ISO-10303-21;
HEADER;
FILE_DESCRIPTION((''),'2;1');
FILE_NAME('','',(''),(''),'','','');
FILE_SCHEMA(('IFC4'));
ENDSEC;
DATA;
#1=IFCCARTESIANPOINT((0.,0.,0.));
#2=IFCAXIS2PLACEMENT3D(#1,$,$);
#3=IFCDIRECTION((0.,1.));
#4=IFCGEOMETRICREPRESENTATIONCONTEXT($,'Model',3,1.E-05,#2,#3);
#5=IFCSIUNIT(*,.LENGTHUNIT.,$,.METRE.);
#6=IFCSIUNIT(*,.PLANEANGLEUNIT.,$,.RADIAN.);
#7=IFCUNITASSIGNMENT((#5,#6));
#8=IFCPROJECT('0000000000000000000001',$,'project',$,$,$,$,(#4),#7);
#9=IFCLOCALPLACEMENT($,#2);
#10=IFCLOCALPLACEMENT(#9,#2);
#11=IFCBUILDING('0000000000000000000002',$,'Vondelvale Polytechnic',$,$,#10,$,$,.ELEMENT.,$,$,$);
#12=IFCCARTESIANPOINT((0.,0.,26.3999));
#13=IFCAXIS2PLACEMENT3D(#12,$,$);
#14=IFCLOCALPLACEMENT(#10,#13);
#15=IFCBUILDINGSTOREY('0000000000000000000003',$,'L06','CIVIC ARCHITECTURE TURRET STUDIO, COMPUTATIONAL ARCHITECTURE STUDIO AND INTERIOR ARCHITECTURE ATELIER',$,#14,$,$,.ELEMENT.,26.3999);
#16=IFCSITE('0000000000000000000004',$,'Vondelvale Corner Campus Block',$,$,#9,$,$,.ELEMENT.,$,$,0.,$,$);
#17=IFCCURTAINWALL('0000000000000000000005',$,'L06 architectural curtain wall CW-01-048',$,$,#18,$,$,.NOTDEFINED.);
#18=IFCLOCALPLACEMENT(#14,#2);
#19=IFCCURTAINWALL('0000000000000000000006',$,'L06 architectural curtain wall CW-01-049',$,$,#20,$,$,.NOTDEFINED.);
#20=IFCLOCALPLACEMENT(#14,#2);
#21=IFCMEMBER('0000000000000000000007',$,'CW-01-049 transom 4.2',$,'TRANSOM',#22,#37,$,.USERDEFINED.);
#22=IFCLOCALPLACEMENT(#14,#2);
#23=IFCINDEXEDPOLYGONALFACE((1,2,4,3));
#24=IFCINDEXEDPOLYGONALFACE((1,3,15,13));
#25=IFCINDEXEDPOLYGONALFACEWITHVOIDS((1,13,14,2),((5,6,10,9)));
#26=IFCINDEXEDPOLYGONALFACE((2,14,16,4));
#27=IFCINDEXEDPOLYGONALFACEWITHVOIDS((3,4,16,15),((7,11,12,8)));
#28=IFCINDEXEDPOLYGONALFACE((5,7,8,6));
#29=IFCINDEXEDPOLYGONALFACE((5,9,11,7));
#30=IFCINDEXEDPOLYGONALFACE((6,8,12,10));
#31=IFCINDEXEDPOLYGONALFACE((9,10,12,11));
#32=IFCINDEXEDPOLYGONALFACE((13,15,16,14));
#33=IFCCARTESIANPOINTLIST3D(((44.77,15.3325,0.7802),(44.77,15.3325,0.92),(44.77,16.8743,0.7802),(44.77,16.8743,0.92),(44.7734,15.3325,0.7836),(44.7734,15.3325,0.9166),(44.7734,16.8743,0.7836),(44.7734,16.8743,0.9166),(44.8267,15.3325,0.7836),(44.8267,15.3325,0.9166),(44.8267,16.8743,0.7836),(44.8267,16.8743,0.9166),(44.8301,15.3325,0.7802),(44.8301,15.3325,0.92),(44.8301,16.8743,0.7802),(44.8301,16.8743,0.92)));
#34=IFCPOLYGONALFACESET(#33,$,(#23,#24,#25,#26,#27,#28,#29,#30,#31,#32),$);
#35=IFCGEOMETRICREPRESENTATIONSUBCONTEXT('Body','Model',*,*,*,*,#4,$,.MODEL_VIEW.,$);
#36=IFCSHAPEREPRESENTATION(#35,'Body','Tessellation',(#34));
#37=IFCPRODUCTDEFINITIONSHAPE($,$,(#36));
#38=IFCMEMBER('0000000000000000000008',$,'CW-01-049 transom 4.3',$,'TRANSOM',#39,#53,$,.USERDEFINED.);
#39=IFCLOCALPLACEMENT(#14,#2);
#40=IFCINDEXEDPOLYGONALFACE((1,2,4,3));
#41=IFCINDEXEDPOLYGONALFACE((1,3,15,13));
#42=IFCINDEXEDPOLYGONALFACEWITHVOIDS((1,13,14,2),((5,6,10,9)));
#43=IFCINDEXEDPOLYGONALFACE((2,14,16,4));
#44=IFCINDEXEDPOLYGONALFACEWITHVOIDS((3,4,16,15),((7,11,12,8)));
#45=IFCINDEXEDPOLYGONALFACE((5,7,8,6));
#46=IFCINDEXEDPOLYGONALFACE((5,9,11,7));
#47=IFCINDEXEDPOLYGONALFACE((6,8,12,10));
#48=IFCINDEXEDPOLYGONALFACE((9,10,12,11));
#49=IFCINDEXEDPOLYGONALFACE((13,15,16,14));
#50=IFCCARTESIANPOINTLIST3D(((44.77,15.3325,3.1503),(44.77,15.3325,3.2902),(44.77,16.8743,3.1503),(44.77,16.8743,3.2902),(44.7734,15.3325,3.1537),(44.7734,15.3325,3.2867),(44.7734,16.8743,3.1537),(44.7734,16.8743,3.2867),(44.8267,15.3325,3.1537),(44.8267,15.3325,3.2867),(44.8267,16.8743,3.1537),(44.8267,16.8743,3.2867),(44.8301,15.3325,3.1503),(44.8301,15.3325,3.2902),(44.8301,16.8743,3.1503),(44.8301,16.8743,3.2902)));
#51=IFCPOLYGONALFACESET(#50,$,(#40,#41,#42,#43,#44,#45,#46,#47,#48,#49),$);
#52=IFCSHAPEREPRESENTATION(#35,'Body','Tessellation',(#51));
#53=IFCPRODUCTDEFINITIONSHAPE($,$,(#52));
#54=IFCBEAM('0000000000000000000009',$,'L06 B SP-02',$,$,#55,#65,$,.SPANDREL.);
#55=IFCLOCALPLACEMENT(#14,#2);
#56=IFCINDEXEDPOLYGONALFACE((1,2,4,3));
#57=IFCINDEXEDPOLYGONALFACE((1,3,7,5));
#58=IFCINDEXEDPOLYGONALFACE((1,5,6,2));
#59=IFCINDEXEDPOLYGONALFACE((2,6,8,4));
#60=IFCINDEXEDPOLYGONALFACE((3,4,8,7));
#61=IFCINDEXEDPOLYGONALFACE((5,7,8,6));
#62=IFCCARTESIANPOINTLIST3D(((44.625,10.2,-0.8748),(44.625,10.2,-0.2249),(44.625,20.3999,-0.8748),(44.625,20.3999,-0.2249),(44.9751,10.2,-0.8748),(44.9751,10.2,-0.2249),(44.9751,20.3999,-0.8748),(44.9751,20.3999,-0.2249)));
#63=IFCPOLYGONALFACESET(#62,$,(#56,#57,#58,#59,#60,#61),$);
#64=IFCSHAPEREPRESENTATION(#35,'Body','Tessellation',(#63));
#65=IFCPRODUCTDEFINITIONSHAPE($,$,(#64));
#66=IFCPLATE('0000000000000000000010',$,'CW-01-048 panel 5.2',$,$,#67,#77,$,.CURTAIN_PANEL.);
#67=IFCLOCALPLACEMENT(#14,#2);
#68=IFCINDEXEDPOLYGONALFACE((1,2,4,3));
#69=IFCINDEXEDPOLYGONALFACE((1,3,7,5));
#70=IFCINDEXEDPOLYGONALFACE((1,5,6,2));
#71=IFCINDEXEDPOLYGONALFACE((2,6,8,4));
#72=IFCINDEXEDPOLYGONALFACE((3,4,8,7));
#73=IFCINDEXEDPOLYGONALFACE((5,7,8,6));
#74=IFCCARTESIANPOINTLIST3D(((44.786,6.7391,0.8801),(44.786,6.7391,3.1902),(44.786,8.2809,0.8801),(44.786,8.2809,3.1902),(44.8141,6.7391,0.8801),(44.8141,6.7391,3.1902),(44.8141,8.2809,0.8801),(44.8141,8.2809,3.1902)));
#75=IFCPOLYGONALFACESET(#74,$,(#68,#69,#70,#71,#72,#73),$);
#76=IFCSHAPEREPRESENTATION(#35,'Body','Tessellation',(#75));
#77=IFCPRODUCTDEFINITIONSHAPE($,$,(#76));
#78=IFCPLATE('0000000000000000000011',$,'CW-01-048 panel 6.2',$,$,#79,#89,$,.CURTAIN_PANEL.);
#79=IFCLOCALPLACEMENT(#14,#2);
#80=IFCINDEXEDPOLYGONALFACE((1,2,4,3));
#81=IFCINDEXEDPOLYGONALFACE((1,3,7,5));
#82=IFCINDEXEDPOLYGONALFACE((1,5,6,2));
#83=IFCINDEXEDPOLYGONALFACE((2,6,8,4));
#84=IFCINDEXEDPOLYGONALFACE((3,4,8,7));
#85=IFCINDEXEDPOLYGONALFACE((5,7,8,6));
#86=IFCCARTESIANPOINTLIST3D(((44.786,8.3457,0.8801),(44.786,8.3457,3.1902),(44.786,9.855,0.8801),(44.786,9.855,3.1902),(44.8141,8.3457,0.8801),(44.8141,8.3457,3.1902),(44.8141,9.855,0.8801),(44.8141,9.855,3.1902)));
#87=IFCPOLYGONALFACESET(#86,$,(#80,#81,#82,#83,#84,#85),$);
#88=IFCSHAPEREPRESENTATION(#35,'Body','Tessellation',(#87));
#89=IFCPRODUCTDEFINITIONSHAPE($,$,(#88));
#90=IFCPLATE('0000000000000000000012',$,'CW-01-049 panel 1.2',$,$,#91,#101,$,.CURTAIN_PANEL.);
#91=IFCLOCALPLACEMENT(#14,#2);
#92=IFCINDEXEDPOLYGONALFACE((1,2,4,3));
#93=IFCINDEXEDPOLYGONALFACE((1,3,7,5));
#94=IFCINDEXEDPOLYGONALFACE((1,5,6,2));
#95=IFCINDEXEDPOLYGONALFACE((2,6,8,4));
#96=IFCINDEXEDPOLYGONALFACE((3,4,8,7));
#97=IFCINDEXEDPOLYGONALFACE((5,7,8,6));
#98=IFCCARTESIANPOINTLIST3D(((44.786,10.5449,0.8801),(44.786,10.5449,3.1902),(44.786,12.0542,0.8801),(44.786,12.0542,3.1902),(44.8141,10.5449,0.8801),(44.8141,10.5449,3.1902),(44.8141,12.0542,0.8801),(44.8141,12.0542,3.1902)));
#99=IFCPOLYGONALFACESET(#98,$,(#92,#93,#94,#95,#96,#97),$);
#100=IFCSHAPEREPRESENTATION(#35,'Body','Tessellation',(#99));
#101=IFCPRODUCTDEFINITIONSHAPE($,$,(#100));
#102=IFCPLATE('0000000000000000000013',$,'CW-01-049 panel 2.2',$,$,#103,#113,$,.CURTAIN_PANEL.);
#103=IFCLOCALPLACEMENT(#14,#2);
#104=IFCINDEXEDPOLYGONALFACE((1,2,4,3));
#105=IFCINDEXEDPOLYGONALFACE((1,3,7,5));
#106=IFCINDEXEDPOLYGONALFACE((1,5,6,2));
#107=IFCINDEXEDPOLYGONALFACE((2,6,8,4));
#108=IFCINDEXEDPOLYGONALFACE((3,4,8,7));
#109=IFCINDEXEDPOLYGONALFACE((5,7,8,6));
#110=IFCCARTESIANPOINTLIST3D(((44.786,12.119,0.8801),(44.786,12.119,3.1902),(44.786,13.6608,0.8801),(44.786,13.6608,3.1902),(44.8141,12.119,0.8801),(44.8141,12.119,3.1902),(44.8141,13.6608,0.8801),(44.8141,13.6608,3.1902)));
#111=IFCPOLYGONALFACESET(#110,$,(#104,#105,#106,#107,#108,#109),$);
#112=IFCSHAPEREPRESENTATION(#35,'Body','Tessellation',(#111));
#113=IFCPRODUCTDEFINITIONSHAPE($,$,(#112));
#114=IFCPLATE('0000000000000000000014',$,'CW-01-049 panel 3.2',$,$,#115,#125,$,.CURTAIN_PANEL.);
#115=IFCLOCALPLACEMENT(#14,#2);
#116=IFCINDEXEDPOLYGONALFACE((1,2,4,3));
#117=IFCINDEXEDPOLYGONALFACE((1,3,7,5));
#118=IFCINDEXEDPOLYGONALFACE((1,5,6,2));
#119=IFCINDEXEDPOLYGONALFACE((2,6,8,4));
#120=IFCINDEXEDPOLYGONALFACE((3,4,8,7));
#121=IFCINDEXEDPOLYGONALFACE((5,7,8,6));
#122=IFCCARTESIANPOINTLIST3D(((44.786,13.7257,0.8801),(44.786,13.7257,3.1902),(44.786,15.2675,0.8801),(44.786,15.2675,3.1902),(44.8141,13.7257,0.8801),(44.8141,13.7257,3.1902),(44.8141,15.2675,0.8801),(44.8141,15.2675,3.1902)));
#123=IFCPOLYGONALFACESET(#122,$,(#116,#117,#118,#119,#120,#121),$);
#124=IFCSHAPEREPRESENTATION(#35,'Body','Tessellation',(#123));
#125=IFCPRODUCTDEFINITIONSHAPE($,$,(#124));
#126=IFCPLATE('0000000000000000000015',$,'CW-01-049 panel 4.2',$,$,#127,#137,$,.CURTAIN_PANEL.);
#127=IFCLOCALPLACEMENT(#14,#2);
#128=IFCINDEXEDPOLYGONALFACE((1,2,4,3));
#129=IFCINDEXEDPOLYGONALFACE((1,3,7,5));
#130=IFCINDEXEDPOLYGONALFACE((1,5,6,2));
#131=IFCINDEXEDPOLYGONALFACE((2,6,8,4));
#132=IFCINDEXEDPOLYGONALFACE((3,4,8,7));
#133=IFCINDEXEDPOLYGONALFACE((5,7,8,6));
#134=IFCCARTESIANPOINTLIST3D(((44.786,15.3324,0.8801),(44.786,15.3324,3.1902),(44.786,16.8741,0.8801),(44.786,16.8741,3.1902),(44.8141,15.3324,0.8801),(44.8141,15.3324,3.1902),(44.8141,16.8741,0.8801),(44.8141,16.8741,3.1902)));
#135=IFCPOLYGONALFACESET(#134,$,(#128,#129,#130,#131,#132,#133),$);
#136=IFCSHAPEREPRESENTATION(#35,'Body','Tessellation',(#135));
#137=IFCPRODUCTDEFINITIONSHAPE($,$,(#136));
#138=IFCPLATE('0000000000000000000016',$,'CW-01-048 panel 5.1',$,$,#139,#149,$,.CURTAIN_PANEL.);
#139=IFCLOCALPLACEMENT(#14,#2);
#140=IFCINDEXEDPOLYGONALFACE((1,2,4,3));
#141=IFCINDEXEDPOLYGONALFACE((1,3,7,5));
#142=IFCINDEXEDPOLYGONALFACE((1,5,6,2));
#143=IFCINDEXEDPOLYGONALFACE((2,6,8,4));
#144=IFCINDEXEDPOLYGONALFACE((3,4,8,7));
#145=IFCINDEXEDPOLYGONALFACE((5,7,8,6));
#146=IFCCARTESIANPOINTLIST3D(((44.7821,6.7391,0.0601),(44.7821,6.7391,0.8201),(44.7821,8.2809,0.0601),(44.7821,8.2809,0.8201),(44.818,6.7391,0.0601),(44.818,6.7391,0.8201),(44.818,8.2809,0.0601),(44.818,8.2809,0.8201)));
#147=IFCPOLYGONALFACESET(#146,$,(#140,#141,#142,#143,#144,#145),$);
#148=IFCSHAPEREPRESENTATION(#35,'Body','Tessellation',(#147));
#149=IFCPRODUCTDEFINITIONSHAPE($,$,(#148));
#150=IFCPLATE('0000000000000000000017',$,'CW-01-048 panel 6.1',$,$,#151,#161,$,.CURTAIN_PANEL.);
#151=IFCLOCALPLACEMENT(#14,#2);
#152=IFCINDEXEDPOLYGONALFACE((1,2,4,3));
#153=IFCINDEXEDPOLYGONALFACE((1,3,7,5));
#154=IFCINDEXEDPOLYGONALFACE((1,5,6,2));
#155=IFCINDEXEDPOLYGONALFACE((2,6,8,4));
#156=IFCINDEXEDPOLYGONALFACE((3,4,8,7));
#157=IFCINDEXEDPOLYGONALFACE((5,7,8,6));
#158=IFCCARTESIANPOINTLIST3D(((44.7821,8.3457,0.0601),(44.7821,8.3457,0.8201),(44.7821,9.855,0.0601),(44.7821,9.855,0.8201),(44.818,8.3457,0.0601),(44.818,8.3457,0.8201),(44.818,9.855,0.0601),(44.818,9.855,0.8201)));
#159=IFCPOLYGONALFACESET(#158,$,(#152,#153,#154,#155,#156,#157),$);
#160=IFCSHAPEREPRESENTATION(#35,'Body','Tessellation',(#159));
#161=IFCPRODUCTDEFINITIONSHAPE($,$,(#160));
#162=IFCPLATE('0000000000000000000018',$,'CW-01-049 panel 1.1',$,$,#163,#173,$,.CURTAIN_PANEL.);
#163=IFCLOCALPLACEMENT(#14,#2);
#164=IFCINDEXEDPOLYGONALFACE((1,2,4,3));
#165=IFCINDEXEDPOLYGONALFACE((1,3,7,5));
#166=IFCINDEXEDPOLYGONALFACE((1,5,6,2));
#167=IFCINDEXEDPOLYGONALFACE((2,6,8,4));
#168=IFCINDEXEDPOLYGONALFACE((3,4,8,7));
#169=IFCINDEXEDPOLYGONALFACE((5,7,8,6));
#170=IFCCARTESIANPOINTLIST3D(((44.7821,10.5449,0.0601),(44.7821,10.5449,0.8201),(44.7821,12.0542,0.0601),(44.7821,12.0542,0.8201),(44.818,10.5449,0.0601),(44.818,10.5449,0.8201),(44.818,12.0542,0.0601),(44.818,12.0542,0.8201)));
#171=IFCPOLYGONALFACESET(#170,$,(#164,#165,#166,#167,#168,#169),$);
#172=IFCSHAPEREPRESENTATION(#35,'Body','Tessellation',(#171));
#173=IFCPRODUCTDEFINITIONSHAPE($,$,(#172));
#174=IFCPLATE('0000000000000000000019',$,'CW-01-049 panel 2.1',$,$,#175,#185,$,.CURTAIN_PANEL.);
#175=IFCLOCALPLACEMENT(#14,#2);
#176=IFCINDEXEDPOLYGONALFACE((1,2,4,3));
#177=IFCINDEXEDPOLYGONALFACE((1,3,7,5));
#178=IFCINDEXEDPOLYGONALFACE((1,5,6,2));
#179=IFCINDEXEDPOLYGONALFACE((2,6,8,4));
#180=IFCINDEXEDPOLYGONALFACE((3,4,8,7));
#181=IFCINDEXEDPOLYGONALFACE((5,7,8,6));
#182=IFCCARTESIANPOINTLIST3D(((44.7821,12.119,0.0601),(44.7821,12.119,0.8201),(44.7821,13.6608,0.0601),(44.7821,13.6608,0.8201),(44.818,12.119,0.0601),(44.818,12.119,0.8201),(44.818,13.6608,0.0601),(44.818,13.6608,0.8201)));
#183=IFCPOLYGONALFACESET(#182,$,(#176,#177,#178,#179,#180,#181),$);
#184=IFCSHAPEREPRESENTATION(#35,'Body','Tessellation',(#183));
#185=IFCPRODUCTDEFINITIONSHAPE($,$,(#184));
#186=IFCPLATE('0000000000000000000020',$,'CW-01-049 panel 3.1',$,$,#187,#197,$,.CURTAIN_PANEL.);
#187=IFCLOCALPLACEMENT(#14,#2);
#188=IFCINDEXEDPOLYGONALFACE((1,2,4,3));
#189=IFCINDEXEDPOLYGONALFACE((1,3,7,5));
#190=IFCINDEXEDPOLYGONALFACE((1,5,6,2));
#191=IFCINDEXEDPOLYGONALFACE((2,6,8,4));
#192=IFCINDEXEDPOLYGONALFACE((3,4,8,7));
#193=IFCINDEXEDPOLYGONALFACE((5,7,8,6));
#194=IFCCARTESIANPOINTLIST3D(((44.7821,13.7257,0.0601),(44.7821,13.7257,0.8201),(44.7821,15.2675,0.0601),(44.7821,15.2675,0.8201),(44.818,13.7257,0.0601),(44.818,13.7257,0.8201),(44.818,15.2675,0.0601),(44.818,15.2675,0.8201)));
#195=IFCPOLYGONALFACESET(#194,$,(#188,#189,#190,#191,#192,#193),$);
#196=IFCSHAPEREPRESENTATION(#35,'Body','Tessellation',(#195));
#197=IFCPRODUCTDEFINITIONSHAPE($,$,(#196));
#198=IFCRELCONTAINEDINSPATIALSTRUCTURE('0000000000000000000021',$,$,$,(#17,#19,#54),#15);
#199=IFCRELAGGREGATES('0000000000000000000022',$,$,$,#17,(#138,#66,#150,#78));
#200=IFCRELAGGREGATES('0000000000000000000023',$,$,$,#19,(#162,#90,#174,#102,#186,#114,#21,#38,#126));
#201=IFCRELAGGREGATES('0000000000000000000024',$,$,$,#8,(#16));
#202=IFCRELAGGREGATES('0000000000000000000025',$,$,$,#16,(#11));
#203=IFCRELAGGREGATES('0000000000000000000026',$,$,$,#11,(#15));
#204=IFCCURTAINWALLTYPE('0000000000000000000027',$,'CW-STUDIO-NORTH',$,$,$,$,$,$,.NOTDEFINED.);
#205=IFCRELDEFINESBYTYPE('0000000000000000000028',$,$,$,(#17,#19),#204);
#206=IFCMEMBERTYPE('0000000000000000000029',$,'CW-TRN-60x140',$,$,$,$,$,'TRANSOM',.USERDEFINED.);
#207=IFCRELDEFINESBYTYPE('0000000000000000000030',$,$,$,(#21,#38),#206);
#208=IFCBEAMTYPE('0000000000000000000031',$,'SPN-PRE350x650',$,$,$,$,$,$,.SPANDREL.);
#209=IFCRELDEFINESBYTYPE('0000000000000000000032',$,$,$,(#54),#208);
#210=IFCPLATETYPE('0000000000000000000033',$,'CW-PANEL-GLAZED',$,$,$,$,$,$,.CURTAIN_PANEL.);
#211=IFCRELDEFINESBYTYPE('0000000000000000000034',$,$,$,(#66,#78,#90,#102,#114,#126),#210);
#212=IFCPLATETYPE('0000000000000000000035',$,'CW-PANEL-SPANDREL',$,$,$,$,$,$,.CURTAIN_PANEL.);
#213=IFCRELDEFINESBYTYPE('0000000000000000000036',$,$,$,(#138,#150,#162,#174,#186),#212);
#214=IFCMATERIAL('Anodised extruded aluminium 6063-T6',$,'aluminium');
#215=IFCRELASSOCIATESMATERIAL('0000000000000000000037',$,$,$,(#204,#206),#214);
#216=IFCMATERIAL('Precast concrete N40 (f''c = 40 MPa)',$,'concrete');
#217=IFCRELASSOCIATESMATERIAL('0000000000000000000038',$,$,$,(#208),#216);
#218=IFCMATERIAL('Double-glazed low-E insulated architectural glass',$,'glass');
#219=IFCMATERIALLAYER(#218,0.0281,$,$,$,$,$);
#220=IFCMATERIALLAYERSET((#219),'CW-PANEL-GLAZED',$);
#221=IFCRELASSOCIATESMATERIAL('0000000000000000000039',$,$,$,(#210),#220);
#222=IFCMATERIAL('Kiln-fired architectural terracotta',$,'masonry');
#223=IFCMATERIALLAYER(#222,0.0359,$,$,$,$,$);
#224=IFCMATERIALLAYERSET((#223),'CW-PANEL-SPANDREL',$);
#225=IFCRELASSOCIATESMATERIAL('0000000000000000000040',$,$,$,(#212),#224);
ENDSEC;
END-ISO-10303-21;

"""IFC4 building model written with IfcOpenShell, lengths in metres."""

from ifc_helpers import new_model, si_unit, direction, frame, origin, origin_2d, place, context, subcontext, project, spatial, rectangle, hollow_rectangle, extrude, material, layer, layer_set, material_profile, profile_set, type_object, element, aggregate, save


model = new_model("IFC4")

# Units and contexts
model_context = context("Model", 3, precision=1e-05, world=origin(), true_north=direction((0.0, 1.0)))
body_context = subcontext(model_context, "Body", "Model", "MODEL_VIEW")
ifc_project = project(units=[si_unit("LENGTHUNIT", "METRE"), si_unit("PLANEANGLEUNIT", "RADIAN")], contexts=[model_context])

# Site, building, storey
site_placement = place(None, origin())
site = spatial("IfcSite", under=ifc_project, at=site_placement, Name="Vondelvale Corner Campus Block", CompositionType="ELEMENT", RefElevation=0.0)
building_placement = place(site_placement, origin())
building = spatial("IfcBuilding", under=site, at=building_placement, Name="Vondelvale Polytechnic", CompositionType="ELEMENT")
storey_placement = place(building_placement, frame((0.0, 0.0, 26.3999)))
storey = spatial("IfcBuildingStorey", under=building, at=storey_placement, Name="L06", Description="CIVIC ARCHITECTURE TURRET STUDIO, COMPUTATIONAL ARCHITECTURE STUDIO AND INTERIOR ARCHITECTURE ATELIER", CompositionType="ELEMENT", Elevation=26.3999)

# Curtain walls
ifc_material_1 = material(Name="Anodised extruded aluminium 6063-T6", Category="aluminium")
curtain_wall_type = type_object("IfcCurtainWallType", Name="CW-STUDIO-NORTH", PredefinedType="NOTDEFINED", material=ifc_material_1)
curtain_wall_1_placement = place(storey_placement, origin())
curtain_wall_1 = element("IfcCurtainWall", 1, at=curtain_wall_1_placement, inside=storey, type_object=curtain_wall_type, Name="L06 architectural curtain wall CW-01-048", PredefinedType="NOTDEFINED")
curtain_wall_2_placement = place(storey_placement, origin())
curtain_wall_2 = element("IfcCurtainWall", 2, at=curtain_wall_2_placement, inside=storey, type_object=curtain_wall_type, Name="L06 architectural curtain wall CW-01-049", PredefinedType="NOTDEFINED")

# Members
ifc_material_profile_1 = material_profile(ifc_material_1, hollow_rectangle(XDim=0.0601, YDim=0.1399, WallThickness=0.0034, at=origin_2d()), Name="CW-TRN-140x60")
ifc_profile_set_1 = profile_set([ifc_material_profile_1], Name="Anodised extruded aluminium 6063-T6")
member_type_1 = type_object("IfcMemberType", Name="CW-TRN-60x140", ElementType="TRANSOM", PredefinedType="USERDEFINED", material=ifc_profile_set_1)
member_1_placement = place(storey_placement, frame((44.8, 15.3325, 0.8501), z_axis=(0.0, 1.0, 0.0), x_axis=(-1.0, 0.0, 0.0)))
member_1 = element("IfcMember", 3, at=member_1_placement, type_object=member_type_1, Name="CW-01-049 transom 4.2", ObjectType="TRANSOM", PredefinedType="USERDEFINED", context=body_context, shape_type="SweptSolid", body=[
    extrude(hollow_rectangle(XDim=0.0601, YDim=0.1399, WallThickness=0.0034, at=origin_2d()), origin(), (0.0, 0.0, 1.0), 1.5417),
])
member_2_placement = place(storey_placement, frame((44.8, 15.3325, 3.2202), z_axis=(0.0, 1.0, 0.0), x_axis=(-1.0, 0.0, 0.0)))
member_2 = element("IfcMember", 4, at=member_2_placement, type_object=member_type_1, Name="CW-01-049 transom 4.3", ObjectType="TRANSOM", PredefinedType="USERDEFINED", context=body_context, shape_type="SweptSolid", body=[
    extrude(hollow_rectangle(XDim=0.0601, YDim=0.1399, WallThickness=0.0034, at=origin_2d()), origin(), (0.0, 0.0, 1.0), 1.5417),
])

# Beam
ifc_material_2 = material(Name="Precast concrete N40 (f'c = 40 MPa)", Category="concrete")
ifc_material_profile_2 = material_profile(ifc_material_2, rectangle(XDim=0.3501, YDim=0.6499, at=origin_2d()), Name="RC-SPN-350x650")
ifc_profile_set_2 = profile_set([ifc_material_profile_2], Name="Precast concrete N40 (f'c = 40 MPa)")
beam_type = type_object("IfcBeamType", Name="SPN-PRE350x650", PredefinedType="SPANDREL", material=ifc_profile_set_2)
beam_placement = place(storey_placement, frame((44.8, 10.2, -0.5498), z_axis=(0.0, 1.0, 0.0), x_axis=(-1.0, 0.0, 0.0)))
element("IfcBeam", 5, at=beam_placement, inside=storey, type_object=beam_type, Name="L06 B SP-02", PredefinedType="SPANDREL", context=body_context, shape_type="SweptSolid", body=[
    extrude(rectangle(XDim=0.3501, YDim=0.6499, at=origin_2d()), origin(), (0.0, 0.0, 1.0), 10.2),
])

# Plates
ifc_material_3 = material(Name="Double-glazed low-E insulated architectural glass", Category="glass")
ifc_layer_1 = layer(ifc_material_3, 0.0281)
ifc_layer_set_1 = layer_set([ifc_layer_1], Name="CW-PANEL-GLAZED")
plate_type_1 = type_object("IfcPlateType", Name="CW-PANEL-GLAZED", PredefinedType="CURTAIN_PANEL", material=ifc_layer_set_1)
plate_1_placement = place(storey_placement, frame((44.8, 7.51, 0.8801), z_axis=(0.0, 0.0, 1.0), x_axis=(0.0, 1.0, 0.0)))
plate_1 = element("IfcPlate", 6, at=plate_1_placement, type_object=plate_type_1, Name="CW-01-048 panel 5.2", PredefinedType="CURTAIN_PANEL", context=body_context, shape_type="SweptSolid", body=[
    extrude(rectangle(XDim=1.5417, YDim=0.0281, at=origin_2d()), origin(), (0.0, 0.0, 1.0), 2.3101),
])
plate_2_placement = place(storey_placement, frame((44.8, 9.1003, 0.8801), z_axis=(0.0, 0.0, 1.0), x_axis=(0.0, 1.0, 0.0)))
plate_2 = element("IfcPlate", 7, at=plate_2_placement, type_object=plate_type_1, Name="CW-01-048 panel 6.2", PredefinedType="CURTAIN_PANEL", context=body_context, shape_type="SweptSolid", body=[
    extrude(rectangle(XDim=1.5093, YDim=0.0281, at=origin_2d()), origin(), (0.0, 0.0, 1.0), 2.3101),
])
plate_3_placement = place(storey_placement, frame((44.8, 11.2996, 0.8801), z_axis=(0.0, 0.0, 1.0), x_axis=(0.0, 1.0, 0.0)))
plate_3 = element("IfcPlate", 8, at=plate_3_placement, type_object=plate_type_1, Name="CW-01-049 panel 1.2", PredefinedType="CURTAIN_PANEL", context=body_context, shape_type="SweptSolid", body=[
    extrude(rectangle(XDim=1.5093, YDim=0.0281, at=origin_2d()), origin(), (0.0, 0.0, 1.0), 2.3101),
])
plate_4_placement = place(storey_placement, frame((44.8, 12.8899, 0.8801), z_axis=(0.0, 0.0, 1.0), x_axis=(0.0, 1.0, 0.0)))
plate_4 = element("IfcPlate", 9, at=plate_4_placement, type_object=plate_type_1, Name="CW-01-049 panel 2.2", PredefinedType="CURTAIN_PANEL", context=body_context, shape_type="SweptSolid", body=[
    extrude(rectangle(XDim=1.5417, YDim=0.0281, at=origin_2d()), origin(), (0.0, 0.0, 1.0), 2.3101),
])
plate_5_placement = place(storey_placement, frame((44.8, 14.4966, 0.8801), z_axis=(0.0, 0.0, 1.0), x_axis=(0.0, 1.0, 0.0)))
plate_5 = element("IfcPlate", 10, at=plate_5_placement, type_object=plate_type_1, Name="CW-01-049 panel 3.2", PredefinedType="CURTAIN_PANEL", context=body_context, shape_type="SweptSolid", body=[
    extrude(rectangle(XDim=1.5417, YDim=0.0281, at=origin_2d()), origin(), (0.0, 0.0, 1.0), 2.3101),
])
plate_6_placement = place(storey_placement, frame((44.8, 16.1033, 0.8801), z_axis=(0.0, 0.0, 1.0), x_axis=(0.0, 1.0, 0.0)))
plate_6 = element("IfcPlate", 11, at=plate_6_placement, type_object=plate_type_1, Name="CW-01-049 panel 4.2", PredefinedType="CURTAIN_PANEL", context=body_context, shape_type="SweptSolid", body=[
    extrude(rectangle(XDim=1.5417, YDim=0.0281, at=origin_2d()), origin(), (0.0, 0.0, 1.0), 2.3101),
])
ifc_material_4 = material(Name="Kiln-fired architectural terracotta", Category="masonry")
ifc_layer_2 = layer(ifc_material_4, 0.0359)
ifc_layer_set_2 = layer_set([ifc_layer_2], Name="CW-PANEL-SPANDREL")
plate_type_2 = type_object("IfcPlateType", Name="CW-PANEL-SPANDREL", PredefinedType="CURTAIN_PANEL", material=ifc_layer_set_2)
plate_7_placement = place(storey_placement, frame((44.8, 7.51, 0.0601), z_axis=(0.0, 0.0, 1.0), x_axis=(0.0, 1.0, 0.0)))
plate_7 = element("IfcPlate", 12, at=plate_7_placement, type_object=plate_type_2, Name="CW-01-048 panel 5.1", PredefinedType="CURTAIN_PANEL", context=body_context, shape_type="SweptSolid", body=[
    extrude(rectangle(XDim=1.5417, YDim=0.0359, at=origin_2d()), origin(), (0.0, 0.0, 1.0), 0.76),
])
plate_8_placement = place(storey_placement, frame((44.8, 9.1003, 0.0601), z_axis=(0.0, 0.0, 1.0), x_axis=(0.0, 1.0, 0.0)))
plate_8 = element("IfcPlate", 13, at=plate_8_placement, type_object=plate_type_2, Name="CW-01-048 panel 6.1", PredefinedType="CURTAIN_PANEL", context=body_context, shape_type="SweptSolid", body=[
    extrude(rectangle(XDim=1.5093, YDim=0.0359, at=origin_2d()), origin(), (0.0, 0.0, 1.0), 0.76),
])
aggregate(curtain_wall_1, [plate_7, plate_1, plate_8, plate_2])
plate_9_placement = place(storey_placement, frame((44.8, 11.2996, 0.0601), z_axis=(0.0, 0.0, 1.0), x_axis=(0.0, 1.0, 0.0)))
plate_9 = element("IfcPlate", 14, at=plate_9_placement, type_object=plate_type_2, Name="CW-01-049 panel 1.1", PredefinedType="CURTAIN_PANEL", context=body_context, shape_type="SweptSolid", body=[
    extrude(rectangle(XDim=1.5093, YDim=0.0359, at=origin_2d()), origin(), (0.0, 0.0, 1.0), 0.76),
])
plate_10_placement = place(storey_placement, frame((44.8, 12.8899, 0.0601), z_axis=(0.0, 0.0, 1.0), x_axis=(0.0, 1.0, 0.0)))
plate_10 = element("IfcPlate", 15, at=plate_10_placement, type_object=plate_type_2, Name="CW-01-049 panel 2.1", PredefinedType="CURTAIN_PANEL", context=body_context, shape_type="SweptSolid", body=[
    extrude(rectangle(XDim=1.5417, YDim=0.0359, at=origin_2d()), origin(), (0.0, 0.0, 1.0), 0.76),
])
plate_11_placement = place(storey_placement, frame((44.8, 14.4966, 0.0601), z_axis=(0.0, 0.0, 1.0), x_axis=(0.0, 1.0, 0.0)))
plate_11 = element("IfcPlate", 16, at=plate_11_placement, type_object=plate_type_2, Name="CW-01-049 panel 3.1", PredefinedType="CURTAIN_PANEL", context=body_context, shape_type="SweptSolid", body=[
    extrude(rectangle(XDim=1.5417, YDim=0.0359, at=origin_2d()), origin(), (0.0, 0.0, 1.0), 0.76),
])
aggregate(curtain_wall_2, [plate_9, plate_3, plate_10, plate_4, plate_11, plate_5, member_1, member_2, plate_6])

save(model, "model.ifc")
